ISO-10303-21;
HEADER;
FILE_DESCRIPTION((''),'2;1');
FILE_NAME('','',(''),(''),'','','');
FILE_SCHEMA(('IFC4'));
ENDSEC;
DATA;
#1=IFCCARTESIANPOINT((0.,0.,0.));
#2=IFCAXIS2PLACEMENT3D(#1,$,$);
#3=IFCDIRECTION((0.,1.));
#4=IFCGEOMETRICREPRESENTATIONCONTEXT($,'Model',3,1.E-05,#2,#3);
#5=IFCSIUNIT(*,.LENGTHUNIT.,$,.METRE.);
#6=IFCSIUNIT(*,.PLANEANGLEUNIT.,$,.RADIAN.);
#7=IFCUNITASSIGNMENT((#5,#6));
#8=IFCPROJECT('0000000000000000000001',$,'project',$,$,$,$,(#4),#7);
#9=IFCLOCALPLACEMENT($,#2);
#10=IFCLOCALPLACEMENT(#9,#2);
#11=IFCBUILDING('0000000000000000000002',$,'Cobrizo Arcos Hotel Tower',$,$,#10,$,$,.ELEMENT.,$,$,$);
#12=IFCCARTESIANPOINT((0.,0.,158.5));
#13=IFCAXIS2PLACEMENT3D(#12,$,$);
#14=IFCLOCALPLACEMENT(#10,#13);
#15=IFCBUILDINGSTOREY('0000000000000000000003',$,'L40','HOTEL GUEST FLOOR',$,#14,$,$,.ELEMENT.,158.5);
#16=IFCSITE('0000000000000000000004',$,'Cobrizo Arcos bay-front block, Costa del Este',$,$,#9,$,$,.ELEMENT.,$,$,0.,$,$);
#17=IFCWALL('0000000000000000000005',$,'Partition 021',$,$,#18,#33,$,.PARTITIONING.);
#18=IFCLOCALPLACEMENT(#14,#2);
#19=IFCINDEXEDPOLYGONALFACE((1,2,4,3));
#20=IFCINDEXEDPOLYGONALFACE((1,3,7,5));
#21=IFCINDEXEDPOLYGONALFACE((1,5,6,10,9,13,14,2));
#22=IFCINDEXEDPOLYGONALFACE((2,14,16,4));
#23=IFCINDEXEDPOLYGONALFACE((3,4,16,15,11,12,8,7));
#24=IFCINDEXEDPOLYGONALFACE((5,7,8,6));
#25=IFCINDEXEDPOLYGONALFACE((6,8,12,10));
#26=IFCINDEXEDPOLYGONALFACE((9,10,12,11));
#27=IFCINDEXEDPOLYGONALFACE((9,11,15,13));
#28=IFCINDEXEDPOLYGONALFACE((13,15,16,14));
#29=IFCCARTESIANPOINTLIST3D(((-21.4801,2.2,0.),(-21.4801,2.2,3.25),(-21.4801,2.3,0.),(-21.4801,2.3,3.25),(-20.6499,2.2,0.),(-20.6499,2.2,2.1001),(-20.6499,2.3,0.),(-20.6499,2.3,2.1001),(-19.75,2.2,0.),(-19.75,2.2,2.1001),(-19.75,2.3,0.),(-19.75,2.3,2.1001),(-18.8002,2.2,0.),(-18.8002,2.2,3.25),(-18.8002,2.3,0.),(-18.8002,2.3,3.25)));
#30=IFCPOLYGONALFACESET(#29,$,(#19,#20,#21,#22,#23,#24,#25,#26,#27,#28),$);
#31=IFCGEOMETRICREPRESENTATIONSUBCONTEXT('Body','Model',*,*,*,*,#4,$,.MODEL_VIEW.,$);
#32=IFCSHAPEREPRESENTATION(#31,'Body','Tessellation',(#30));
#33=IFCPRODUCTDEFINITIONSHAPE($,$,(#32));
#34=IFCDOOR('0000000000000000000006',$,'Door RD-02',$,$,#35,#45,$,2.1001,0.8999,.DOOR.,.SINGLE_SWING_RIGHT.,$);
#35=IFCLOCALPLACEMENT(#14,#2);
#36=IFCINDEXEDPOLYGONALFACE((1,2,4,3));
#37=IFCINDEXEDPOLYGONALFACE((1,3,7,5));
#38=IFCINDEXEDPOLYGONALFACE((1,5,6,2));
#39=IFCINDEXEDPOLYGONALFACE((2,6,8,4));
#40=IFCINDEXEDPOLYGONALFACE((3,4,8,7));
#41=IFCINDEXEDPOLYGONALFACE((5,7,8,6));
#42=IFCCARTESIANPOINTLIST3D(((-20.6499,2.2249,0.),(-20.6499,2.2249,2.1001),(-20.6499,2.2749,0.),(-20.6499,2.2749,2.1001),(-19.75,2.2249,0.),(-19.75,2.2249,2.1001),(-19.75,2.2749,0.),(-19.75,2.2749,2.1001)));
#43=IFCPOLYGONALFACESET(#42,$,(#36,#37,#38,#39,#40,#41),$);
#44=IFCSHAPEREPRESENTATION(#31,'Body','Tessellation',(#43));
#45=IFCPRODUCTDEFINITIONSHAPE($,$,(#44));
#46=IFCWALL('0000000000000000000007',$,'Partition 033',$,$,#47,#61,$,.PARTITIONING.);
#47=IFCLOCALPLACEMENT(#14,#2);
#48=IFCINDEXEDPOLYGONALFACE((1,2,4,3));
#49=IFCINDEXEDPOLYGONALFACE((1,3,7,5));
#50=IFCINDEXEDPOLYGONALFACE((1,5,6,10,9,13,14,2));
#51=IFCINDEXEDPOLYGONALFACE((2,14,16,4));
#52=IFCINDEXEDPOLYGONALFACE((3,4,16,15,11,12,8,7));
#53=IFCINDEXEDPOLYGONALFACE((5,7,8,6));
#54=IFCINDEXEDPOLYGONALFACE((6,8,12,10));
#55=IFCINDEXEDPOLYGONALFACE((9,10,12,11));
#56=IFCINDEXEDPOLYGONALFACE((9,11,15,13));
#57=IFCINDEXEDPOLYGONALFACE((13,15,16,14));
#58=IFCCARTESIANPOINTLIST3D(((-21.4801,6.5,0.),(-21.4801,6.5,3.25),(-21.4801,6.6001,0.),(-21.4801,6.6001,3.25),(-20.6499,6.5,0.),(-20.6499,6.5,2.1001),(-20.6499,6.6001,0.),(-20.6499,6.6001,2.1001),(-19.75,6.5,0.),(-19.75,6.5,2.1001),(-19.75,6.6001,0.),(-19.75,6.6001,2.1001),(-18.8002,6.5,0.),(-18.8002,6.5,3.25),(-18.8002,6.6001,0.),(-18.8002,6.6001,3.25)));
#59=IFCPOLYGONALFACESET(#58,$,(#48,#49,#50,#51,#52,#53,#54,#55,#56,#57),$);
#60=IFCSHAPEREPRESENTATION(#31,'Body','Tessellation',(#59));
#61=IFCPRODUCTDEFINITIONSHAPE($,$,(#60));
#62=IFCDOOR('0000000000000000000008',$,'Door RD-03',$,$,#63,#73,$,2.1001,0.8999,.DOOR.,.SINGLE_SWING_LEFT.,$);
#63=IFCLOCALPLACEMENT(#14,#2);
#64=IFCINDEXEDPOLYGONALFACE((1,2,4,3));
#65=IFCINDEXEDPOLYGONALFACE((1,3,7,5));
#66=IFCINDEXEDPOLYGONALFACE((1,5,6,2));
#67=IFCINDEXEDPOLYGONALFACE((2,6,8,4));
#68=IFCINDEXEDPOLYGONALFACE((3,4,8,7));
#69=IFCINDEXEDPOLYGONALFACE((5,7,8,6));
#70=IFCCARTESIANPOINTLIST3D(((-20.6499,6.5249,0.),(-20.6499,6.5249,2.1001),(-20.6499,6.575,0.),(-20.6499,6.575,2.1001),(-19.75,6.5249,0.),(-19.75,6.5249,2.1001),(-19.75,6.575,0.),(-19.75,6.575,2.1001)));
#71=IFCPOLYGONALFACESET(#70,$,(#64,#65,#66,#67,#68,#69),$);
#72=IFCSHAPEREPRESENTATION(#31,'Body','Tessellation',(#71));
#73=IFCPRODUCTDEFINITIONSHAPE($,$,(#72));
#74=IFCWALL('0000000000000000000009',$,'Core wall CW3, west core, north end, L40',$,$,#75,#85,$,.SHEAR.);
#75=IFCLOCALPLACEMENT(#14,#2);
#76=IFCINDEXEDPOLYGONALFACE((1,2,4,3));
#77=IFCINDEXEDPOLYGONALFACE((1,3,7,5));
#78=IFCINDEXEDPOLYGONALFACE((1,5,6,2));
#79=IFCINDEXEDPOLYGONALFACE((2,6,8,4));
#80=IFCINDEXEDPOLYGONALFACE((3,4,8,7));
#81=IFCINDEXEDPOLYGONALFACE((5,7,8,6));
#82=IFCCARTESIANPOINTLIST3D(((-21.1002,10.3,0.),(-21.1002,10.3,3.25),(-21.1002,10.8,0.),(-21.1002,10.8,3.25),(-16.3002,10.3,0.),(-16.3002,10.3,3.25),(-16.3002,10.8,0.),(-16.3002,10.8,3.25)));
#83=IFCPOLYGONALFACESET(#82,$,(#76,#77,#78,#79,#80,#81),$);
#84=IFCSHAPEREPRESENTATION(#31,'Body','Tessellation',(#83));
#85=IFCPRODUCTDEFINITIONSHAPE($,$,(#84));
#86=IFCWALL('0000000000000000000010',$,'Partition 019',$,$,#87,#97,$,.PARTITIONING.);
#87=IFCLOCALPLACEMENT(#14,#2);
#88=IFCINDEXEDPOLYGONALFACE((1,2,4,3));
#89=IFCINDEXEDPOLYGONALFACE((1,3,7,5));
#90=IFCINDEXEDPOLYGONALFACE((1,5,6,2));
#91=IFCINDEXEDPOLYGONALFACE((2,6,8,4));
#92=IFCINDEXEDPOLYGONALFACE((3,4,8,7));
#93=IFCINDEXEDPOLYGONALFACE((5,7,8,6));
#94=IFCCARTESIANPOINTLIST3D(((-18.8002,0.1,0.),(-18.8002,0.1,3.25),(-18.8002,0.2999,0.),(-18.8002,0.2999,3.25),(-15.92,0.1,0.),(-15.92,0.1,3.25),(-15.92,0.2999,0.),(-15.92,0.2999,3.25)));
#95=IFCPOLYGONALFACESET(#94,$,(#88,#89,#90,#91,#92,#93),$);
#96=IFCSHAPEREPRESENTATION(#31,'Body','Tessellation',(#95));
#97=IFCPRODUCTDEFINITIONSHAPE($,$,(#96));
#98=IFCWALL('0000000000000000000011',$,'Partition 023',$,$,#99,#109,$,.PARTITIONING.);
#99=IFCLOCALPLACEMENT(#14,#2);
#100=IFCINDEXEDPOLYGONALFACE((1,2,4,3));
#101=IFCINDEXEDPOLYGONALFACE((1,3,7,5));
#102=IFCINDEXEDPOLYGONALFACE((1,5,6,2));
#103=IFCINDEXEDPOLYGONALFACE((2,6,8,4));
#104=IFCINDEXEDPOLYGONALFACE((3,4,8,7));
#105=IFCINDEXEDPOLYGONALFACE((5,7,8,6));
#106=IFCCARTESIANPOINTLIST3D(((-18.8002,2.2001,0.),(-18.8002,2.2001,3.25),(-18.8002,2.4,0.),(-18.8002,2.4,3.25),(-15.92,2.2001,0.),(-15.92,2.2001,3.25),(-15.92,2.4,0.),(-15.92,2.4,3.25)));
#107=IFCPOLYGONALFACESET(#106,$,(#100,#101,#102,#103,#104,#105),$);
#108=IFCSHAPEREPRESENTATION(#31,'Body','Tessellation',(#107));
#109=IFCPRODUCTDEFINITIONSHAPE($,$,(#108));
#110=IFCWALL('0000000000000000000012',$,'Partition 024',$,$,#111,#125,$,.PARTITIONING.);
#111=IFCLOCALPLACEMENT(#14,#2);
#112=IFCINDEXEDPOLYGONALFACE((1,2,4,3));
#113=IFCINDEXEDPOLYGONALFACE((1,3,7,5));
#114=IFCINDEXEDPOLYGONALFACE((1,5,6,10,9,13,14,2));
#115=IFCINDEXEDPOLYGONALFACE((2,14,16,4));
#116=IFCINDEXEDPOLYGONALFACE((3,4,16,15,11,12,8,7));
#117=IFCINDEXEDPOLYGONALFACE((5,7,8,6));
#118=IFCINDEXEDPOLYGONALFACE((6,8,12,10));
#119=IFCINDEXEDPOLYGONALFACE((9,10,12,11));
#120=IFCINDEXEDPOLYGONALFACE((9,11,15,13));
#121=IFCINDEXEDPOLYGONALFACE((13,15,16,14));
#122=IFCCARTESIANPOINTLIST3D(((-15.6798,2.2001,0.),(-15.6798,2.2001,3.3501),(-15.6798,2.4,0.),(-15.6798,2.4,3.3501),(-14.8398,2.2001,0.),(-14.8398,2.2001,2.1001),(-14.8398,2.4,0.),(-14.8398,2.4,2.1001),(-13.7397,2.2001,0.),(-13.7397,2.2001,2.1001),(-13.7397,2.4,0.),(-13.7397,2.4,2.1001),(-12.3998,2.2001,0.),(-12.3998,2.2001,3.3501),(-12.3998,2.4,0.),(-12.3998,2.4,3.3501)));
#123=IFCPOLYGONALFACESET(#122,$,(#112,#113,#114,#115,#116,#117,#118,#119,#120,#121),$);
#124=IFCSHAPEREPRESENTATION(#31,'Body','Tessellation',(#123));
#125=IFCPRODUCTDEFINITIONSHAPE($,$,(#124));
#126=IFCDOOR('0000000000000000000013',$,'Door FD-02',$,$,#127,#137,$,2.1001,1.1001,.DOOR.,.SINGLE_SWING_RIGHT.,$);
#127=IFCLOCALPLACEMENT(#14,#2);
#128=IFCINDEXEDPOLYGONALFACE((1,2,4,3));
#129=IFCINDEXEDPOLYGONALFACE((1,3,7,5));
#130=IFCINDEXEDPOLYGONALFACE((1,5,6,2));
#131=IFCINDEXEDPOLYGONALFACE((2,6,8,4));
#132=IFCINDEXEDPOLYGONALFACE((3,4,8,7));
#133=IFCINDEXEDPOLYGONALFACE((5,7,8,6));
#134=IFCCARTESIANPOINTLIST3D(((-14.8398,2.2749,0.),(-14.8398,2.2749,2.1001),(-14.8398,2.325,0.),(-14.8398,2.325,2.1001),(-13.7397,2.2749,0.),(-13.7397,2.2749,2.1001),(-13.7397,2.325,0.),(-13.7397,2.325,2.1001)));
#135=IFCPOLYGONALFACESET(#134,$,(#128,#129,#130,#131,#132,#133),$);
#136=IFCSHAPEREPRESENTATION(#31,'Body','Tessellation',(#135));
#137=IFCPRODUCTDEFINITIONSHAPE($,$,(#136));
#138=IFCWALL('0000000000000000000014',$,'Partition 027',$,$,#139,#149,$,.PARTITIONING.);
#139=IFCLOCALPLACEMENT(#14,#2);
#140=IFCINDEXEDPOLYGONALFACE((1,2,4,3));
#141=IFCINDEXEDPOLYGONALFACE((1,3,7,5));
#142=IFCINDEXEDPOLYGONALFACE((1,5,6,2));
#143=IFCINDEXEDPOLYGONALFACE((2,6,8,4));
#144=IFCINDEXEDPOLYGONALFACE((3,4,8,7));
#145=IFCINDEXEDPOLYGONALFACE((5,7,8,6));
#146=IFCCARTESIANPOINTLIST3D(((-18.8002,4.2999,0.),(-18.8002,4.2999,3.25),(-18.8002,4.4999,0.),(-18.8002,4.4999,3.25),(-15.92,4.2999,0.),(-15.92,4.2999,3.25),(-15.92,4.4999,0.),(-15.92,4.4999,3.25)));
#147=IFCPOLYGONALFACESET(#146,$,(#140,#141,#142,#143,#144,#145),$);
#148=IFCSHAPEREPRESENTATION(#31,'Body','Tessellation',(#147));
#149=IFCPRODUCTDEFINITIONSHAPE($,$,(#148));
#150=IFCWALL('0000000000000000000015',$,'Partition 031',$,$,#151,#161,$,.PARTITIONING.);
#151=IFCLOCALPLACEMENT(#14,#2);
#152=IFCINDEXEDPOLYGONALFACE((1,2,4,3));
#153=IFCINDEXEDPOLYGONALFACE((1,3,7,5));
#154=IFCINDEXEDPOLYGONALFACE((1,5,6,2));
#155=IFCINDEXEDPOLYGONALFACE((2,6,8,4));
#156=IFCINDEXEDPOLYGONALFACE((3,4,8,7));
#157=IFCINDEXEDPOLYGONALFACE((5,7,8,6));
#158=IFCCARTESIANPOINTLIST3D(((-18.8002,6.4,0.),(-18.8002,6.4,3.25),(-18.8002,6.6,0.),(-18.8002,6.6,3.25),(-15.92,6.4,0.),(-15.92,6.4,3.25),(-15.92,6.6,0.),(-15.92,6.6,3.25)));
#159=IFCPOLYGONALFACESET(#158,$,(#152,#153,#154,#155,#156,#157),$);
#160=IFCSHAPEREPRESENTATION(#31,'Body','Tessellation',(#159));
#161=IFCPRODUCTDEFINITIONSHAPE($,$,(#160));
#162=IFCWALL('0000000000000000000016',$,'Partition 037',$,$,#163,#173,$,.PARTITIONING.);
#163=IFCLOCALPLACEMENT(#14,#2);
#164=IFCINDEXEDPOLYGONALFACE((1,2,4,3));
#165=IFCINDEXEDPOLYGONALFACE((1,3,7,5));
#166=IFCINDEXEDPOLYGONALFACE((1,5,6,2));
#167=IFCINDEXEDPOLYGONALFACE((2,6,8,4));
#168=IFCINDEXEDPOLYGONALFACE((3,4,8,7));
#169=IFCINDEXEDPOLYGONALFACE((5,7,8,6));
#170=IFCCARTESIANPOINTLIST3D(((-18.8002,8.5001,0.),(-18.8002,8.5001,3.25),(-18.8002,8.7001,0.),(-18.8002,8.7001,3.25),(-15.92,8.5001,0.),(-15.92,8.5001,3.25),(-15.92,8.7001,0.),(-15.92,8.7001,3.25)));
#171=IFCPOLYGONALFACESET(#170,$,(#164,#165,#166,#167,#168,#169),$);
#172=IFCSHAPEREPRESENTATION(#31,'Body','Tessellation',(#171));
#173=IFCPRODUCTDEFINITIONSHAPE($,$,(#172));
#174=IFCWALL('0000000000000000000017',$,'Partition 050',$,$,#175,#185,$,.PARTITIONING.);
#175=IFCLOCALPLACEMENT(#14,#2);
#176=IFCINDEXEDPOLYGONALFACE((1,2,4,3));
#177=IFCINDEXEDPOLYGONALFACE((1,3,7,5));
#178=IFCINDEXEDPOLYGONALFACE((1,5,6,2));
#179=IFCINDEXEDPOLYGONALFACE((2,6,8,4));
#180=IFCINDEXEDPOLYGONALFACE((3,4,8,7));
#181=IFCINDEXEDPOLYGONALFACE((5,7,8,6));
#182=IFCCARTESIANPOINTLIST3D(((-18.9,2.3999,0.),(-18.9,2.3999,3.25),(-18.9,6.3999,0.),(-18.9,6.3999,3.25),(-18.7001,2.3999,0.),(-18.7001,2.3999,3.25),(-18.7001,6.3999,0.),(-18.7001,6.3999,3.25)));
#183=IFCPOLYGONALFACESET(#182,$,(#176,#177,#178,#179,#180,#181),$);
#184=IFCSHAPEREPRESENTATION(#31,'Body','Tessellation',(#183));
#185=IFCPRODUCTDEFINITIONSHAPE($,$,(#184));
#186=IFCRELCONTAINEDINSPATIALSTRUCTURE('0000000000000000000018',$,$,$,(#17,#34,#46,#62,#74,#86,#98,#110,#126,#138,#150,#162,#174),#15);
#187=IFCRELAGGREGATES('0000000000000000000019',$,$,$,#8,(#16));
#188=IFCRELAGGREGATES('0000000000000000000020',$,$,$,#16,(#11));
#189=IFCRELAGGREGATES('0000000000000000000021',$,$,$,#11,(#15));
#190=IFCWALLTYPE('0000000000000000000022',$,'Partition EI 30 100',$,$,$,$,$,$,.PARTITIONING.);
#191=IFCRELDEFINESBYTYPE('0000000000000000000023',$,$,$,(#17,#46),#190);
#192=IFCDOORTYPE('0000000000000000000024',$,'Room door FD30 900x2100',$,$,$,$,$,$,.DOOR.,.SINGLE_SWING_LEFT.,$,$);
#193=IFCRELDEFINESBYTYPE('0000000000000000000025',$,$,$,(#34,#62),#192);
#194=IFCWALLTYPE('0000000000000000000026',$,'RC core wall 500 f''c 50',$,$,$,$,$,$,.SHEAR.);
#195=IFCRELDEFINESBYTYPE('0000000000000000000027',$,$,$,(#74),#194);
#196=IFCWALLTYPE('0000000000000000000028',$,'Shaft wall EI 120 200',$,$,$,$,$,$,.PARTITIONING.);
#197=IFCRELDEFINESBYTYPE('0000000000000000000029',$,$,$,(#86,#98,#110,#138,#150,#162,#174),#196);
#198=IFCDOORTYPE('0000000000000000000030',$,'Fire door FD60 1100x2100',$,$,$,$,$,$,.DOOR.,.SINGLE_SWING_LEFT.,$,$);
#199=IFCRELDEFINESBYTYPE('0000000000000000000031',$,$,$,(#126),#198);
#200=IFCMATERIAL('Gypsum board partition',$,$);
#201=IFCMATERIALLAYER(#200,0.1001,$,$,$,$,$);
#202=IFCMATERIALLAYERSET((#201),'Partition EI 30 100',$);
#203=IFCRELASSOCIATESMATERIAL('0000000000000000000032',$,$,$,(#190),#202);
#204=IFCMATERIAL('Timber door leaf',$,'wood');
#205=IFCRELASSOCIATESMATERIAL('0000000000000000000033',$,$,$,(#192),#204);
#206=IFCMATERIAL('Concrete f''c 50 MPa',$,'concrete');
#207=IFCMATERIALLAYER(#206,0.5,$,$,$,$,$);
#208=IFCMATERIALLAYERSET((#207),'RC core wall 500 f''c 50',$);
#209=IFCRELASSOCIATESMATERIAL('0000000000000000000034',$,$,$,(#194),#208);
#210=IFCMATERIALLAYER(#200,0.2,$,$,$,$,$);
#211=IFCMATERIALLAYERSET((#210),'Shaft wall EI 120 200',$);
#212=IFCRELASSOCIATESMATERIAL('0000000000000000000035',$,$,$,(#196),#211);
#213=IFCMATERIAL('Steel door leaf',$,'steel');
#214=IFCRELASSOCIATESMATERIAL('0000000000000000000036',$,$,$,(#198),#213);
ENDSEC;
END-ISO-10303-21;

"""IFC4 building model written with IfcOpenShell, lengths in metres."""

from ifc_helpers import new_model, si_unit, direction, frame, frame_2d, origin, place, context, subcontext, project, spatial, rectangle, extrude, material, layer, layer_set, type_object, element, fill, save


model = new_model("IFC4")

# Units and contexts
model_context = context("Model", 3, precision=1e-05, world=origin(), true_north=direction((0.0, 1.0)))
body_context = subcontext(model_context, "Body", "Model", "MODEL_VIEW")
ifc_project = project(units=[si_unit("LENGTHUNIT", "METRE"), si_unit("PLANEANGLEUNIT", "RADIAN")], contexts=[model_context])

# Site, building, storey
site_placement = place(None, origin())
site = spatial("IfcSite", under=ifc_project, at=site_placement, Name="Cobrizo Arcos bay-front block, Costa del Este", CompositionType="ELEMENT", RefElevation=0.0)
building_placement = place(site_placement, origin())
building = spatial("IfcBuilding", under=site, at=building_placement, Name="Cobrizo Arcos Hotel Tower", CompositionType="ELEMENT")
storey_placement = place(building_placement, frame((0.0, 0.0, 158.5)))
storey = spatial("IfcBuildingStorey", under=building, at=storey_placement, Name="L40", Description="HOTEL GUEST FLOOR", CompositionType="ELEMENT", Elevation=158.5)

# Shared definitions
ifc_material_1 = material(Name="Gypsum board partition")
ifc_material_2 = material(Name="Timber door leaf", Category="wood")

# Walls, openings, doors
ifc_layer_1 = layer(ifc_material_1, 0.1001)
ifc_layer_set_1 = layer_set([ifc_layer_1], Name="Partition EI 30 100")
wall_type_1 = type_object("IfcWallType", Name="Partition EI 30 100", PredefinedType="PARTITIONING", material=ifc_layer_set_1)
wall_1_placement = place(storey_placement, frame((-21.48, 2.25, 0.0), z_axis=(0.0, 0.0, 1.0), x_axis=(1.0, 0.0, 0.0)))
wall_1 = element("IfcWall", 1, at=wall_1_placement, inside=storey, type_object=wall_type_1, Name="Partition 021", PredefinedType="PARTITIONING", context=body_context, shape_type="SweptSolid", body=[
    extrude(rectangle(XDim=2.6799, YDim=0.1001, at=frame_2d((1.3398, 0.0))), origin(), (0.0, 0.0, 1.0), 3.25),
])
opening_1_placement = place(wall_1_placement, frame((0.8301, 0.0, 0.0)))
opening_1 = element("IfcOpeningElement", 2, at=opening_1_placement, cuts=wall_1, PredefinedType="OPENING", context=body_context, shape_type="SweptSolid", body=[
    extrude(rectangle(XDim=0.8999, YDim=2.1001, at=frame_2d((0.45, 1.05))), frame((0.0, 0.062, 0.0), z_axis=(0.0, -1.0, 0.0), x_axis=(1.0, 0.0, 0.0)), (0.0, 0.0, 1.0), 0.124),
])
door_type_1 = type_object("IfcDoorType", Name="Room door FD30 900x2100", OperationType="SINGLE_SWING_LEFT", PredefinedType="DOOR", material=ifc_material_2)
door_1_placement = place(opening_1_placement, origin())
door_1 = element("IfcDoor", 3, at=door_1_placement, inside=storey, type_object=door_type_1, Name="Door RD-02", OperationType="SINGLE_SWING_RIGHT", OverallHeight=2.1001, OverallWidth=0.8999, PredefinedType="DOOR", context=body_context, shape_type="SweptSolid", body=[
    extrude(rectangle(XDim=0.8999, YDim=2.1001, at=frame_2d((0.45, 1.05))), frame((0.0, 0.0249, 0.0), z_axis=(0.0, -1.0, 0.0), x_axis=(1.0, 0.0, 0.0)), (0.0, 0.0, 1.0), 0.05),
])
fill(opening_1, door_1)
wall_2_placement = place(storey_placement, frame((-21.48, 6.55, 0.0), z_axis=(0.0, 0.0, 1.0), x_axis=(1.0, 0.0, 0.0)))
wall_2 = element("IfcWall", 4, at=wall_2_placement, inside=storey, type_object=wall_type_1, Name="Partition 033", PredefinedType="PARTITIONING", context=body_context, shape_type="SweptSolid", body=[
    extrude(rectangle(XDim=2.6799, YDim=0.1001, at=frame_2d((1.3398, 0.0))), origin(), (0.0, 0.0, 1.0), 3.25),
])
opening_2_placement = place(wall_2_placement, frame((0.8301, 0.0, 0.0)))
opening_2 = element("IfcOpeningElement", 5, at=opening_2_placement, cuts=wall_2, PredefinedType="OPENING", context=body_context, shape_type="SweptSolid", body=[
    extrude(rectangle(XDim=0.8999, YDim=2.1001, at=frame_2d((0.45, 1.05))), frame((0.0, 0.062, 0.0), z_axis=(0.0, -1.0, 0.0), x_axis=(1.0, 0.0, 0.0)), (0.0, 0.0, 1.0), 0.124),
])
door_2_placement = place(opening_2_placement, origin())
door_2 = element("IfcDoor", 6, at=door_2_placement, inside=storey, type_object=door_type_1, Name="Door RD-03", OperationType="SINGLE_SWING_LEFT", OverallHeight=2.1001, OverallWidth=0.8999, PredefinedType="DOOR", context=body_context, shape_type="SweptSolid", body=[
    extrude(rectangle(XDim=0.8999, YDim=2.1001, at=frame_2d((0.45, 1.05))), frame((0.0, 0.0249, 0.0), z_axis=(0.0, -1.0, 0.0), x_axis=(1.0, 0.0, 0.0)), (0.0, 0.0, 1.0), 0.05),
])
fill(opening_2, door_2)

# Walls
ifc_material_3 = material(Name="Concrete f'c 50 MPa", Category="concrete")
ifc_layer_2 = layer(ifc_material_3, 0.5)
ifc_layer_set_2 = layer_set([ifc_layer_2], Name="RC core wall 500 f'c 50")
wall_type_2 = type_object("IfcWallType", Name="RC core wall 500 f'c 50", PredefinedType="SHEAR", material=ifc_layer_set_2)
wall_3_placement = place(storey_placement, frame((-21.1001, 10.55, 0.0), z_axis=(0.0, 0.0, 1.0), x_axis=(1.0, 0.0, 0.0)))
element("IfcWall", 7, at=wall_3_placement, inside=storey, type_object=wall_type_2, Name="Core wall CW3, west core, north end, L40", PredefinedType="SHEAR", context=body_context, shape_type="SweptSolid", body=[
    extrude(rectangle(XDim=4.8, YDim=0.5, at=frame_2d((2.3999, 0.0))), origin(), (0.0, 0.0, 1.0), 3.25),
])
ifc_layer_3 = layer(ifc_material_1, 0.2)
ifc_layer_set_3 = layer_set([ifc_layer_3], Name="Shaft wall EI 120 200")
wall_type_3 = type_object("IfcWallType", Name="Shaft wall EI 120 200", PredefinedType="PARTITIONING", material=ifc_layer_set_3)
for number, where, z_axis, x_axis, name in (
    (8, (-18.8, 0.2, 0.0), (0.0, 0.0, 1.0), (1.0, 0.0, 0.0), "Partition 019"),
    (9, (-18.8, 2.3, 0.0), (0.0, 0.0, 1.0), (1.0, 0.0, 0.0), "Partition 023"),
):
    element("IfcWall", number, at=place(storey_placement, frame(where, z_axis=z_axis, x_axis=x_axis)), inside=storey, type_object=wall_type_3, Name=name, PredefinedType="PARTITIONING", context=body_context, shape_type="SweptSolid", body=[
        extrude(rectangle(XDim=2.8801, YDim=0.2, at=frame_2d((1.4399, 0.0))), origin(), (0.0, 0.0, 1.0), 3.25),
    ])

# Wall, opening, door
wall_4_placement = place(storey_placement, frame((-15.6799, 2.3, 0.0), z_axis=(0.0, 0.0, 1.0), x_axis=(1.0, 0.0, 0.0)))
wall_4 = element("IfcWall", 10, at=wall_4_placement, inside=storey, type_object=wall_type_3, Name="Partition 024", PredefinedType="PARTITIONING", context=body_context, shape_type="SweptSolid", body=[
    extrude(rectangle(XDim=3.28, YDim=0.2, at=frame_2d((1.6401, 0.0))), origin(), (0.0, 0.0, 1.0), 3.3501),
])
opening_3_placement = place(wall_4_placement, frame((0.8401, 0.0, 0.0)))
opening_3 = element("IfcOpeningElement", 11, at=opening_3_placement, cuts=wall_4, PredefinedType="OPENING", context=body_context, shape_type="SweptSolid", body=[
    extrude(rectangle(XDim=1.1001, YDim=2.1001, at=frame_2d((0.55, 1.05))), frame((0.0, 0.1121, 0.0), z_axis=(0.0, -1.0, 0.0), x_axis=(1.0, 0.0, 0.0)), (0.0, 0.0, 1.0), 0.2239),
])
ifc_material_4 = material(Name="Steel door leaf", Category="steel")
door_type_2 = type_object("IfcDoorType", Name="Fire door FD60 1100x2100", OperationType="SINGLE_SWING_LEFT", PredefinedType="DOOR", material=ifc_material_4)
door_3_placement = place(opening_3_placement, origin())
door_3 = element("IfcDoor", 12, at=door_3_placement, inside=storey, type_object=door_type_2, Name="Door FD-02", OperationType="SINGLE_SWING_RIGHT", OverallHeight=2.1001, OverallWidth=1.1001, PredefinedType="DOOR", context=body_context, shape_type="SweptSolid", body=[
    extrude(rectangle(XDim=1.1001, YDim=2.1001, at=frame_2d((0.55, 1.05))), frame((0.0, 0.0249, 0.0), z_axis=(0.0, -1.0, 0.0), x_axis=(1.0, 0.0, 0.0)), (0.0, 0.0, 1.0), 0.05),
])
fill(opening_3, door_3)

# Walls
for number, where, z_axis, x_axis, name in (
    (13, (-18.8, 4.3999, 0.0), (0.0, 0.0, 1.0), (1.0, 0.0, 0.0), "Partition 027"),
    (14, (-18.8, 6.5, 0.0), (0.0, 0.0, 1.0), (1.0, 0.0, 0.0), "Partition 031"),
    (15, (-18.8, 8.6001, 0.0), (0.0, 0.0, 1.0), (1.0, 0.0, 0.0), "Partition 037"),
):
    element("IfcWall", number, at=place(storey_placement, frame(where, z_axis=z_axis, x_axis=x_axis)), inside=storey, type_object=wall_type_3, Name=name, PredefinedType="PARTITIONING", context=body_context, shape_type="SweptSolid", body=[
        extrude(rectangle(XDim=2.8801, YDim=0.2, at=frame_2d((1.4399, 0.0))), origin(), (0.0, 0.0, 1.0), 3.25),
    ])
wall_5_placement = place(storey_placement, frame((-18.8, 2.3999, 0.0), z_axis=(0.0, 0.0, 1.0), x_axis=(0.0, 1.0, 0.0)))
element("IfcWall", 16, at=wall_5_placement, inside=storey, type_object=wall_type_3, Name="Partition 050", PredefinedType="PARTITIONING", context=body_context, shape_type="SweptSolid", body=[
    extrude(rectangle(XDim=4.0, YDim=0.2, at=frame_2d((2.0, 0.0))), origin(), (0.0, 0.0, 1.0), 3.25),
])

save(model, "model.ifc")
